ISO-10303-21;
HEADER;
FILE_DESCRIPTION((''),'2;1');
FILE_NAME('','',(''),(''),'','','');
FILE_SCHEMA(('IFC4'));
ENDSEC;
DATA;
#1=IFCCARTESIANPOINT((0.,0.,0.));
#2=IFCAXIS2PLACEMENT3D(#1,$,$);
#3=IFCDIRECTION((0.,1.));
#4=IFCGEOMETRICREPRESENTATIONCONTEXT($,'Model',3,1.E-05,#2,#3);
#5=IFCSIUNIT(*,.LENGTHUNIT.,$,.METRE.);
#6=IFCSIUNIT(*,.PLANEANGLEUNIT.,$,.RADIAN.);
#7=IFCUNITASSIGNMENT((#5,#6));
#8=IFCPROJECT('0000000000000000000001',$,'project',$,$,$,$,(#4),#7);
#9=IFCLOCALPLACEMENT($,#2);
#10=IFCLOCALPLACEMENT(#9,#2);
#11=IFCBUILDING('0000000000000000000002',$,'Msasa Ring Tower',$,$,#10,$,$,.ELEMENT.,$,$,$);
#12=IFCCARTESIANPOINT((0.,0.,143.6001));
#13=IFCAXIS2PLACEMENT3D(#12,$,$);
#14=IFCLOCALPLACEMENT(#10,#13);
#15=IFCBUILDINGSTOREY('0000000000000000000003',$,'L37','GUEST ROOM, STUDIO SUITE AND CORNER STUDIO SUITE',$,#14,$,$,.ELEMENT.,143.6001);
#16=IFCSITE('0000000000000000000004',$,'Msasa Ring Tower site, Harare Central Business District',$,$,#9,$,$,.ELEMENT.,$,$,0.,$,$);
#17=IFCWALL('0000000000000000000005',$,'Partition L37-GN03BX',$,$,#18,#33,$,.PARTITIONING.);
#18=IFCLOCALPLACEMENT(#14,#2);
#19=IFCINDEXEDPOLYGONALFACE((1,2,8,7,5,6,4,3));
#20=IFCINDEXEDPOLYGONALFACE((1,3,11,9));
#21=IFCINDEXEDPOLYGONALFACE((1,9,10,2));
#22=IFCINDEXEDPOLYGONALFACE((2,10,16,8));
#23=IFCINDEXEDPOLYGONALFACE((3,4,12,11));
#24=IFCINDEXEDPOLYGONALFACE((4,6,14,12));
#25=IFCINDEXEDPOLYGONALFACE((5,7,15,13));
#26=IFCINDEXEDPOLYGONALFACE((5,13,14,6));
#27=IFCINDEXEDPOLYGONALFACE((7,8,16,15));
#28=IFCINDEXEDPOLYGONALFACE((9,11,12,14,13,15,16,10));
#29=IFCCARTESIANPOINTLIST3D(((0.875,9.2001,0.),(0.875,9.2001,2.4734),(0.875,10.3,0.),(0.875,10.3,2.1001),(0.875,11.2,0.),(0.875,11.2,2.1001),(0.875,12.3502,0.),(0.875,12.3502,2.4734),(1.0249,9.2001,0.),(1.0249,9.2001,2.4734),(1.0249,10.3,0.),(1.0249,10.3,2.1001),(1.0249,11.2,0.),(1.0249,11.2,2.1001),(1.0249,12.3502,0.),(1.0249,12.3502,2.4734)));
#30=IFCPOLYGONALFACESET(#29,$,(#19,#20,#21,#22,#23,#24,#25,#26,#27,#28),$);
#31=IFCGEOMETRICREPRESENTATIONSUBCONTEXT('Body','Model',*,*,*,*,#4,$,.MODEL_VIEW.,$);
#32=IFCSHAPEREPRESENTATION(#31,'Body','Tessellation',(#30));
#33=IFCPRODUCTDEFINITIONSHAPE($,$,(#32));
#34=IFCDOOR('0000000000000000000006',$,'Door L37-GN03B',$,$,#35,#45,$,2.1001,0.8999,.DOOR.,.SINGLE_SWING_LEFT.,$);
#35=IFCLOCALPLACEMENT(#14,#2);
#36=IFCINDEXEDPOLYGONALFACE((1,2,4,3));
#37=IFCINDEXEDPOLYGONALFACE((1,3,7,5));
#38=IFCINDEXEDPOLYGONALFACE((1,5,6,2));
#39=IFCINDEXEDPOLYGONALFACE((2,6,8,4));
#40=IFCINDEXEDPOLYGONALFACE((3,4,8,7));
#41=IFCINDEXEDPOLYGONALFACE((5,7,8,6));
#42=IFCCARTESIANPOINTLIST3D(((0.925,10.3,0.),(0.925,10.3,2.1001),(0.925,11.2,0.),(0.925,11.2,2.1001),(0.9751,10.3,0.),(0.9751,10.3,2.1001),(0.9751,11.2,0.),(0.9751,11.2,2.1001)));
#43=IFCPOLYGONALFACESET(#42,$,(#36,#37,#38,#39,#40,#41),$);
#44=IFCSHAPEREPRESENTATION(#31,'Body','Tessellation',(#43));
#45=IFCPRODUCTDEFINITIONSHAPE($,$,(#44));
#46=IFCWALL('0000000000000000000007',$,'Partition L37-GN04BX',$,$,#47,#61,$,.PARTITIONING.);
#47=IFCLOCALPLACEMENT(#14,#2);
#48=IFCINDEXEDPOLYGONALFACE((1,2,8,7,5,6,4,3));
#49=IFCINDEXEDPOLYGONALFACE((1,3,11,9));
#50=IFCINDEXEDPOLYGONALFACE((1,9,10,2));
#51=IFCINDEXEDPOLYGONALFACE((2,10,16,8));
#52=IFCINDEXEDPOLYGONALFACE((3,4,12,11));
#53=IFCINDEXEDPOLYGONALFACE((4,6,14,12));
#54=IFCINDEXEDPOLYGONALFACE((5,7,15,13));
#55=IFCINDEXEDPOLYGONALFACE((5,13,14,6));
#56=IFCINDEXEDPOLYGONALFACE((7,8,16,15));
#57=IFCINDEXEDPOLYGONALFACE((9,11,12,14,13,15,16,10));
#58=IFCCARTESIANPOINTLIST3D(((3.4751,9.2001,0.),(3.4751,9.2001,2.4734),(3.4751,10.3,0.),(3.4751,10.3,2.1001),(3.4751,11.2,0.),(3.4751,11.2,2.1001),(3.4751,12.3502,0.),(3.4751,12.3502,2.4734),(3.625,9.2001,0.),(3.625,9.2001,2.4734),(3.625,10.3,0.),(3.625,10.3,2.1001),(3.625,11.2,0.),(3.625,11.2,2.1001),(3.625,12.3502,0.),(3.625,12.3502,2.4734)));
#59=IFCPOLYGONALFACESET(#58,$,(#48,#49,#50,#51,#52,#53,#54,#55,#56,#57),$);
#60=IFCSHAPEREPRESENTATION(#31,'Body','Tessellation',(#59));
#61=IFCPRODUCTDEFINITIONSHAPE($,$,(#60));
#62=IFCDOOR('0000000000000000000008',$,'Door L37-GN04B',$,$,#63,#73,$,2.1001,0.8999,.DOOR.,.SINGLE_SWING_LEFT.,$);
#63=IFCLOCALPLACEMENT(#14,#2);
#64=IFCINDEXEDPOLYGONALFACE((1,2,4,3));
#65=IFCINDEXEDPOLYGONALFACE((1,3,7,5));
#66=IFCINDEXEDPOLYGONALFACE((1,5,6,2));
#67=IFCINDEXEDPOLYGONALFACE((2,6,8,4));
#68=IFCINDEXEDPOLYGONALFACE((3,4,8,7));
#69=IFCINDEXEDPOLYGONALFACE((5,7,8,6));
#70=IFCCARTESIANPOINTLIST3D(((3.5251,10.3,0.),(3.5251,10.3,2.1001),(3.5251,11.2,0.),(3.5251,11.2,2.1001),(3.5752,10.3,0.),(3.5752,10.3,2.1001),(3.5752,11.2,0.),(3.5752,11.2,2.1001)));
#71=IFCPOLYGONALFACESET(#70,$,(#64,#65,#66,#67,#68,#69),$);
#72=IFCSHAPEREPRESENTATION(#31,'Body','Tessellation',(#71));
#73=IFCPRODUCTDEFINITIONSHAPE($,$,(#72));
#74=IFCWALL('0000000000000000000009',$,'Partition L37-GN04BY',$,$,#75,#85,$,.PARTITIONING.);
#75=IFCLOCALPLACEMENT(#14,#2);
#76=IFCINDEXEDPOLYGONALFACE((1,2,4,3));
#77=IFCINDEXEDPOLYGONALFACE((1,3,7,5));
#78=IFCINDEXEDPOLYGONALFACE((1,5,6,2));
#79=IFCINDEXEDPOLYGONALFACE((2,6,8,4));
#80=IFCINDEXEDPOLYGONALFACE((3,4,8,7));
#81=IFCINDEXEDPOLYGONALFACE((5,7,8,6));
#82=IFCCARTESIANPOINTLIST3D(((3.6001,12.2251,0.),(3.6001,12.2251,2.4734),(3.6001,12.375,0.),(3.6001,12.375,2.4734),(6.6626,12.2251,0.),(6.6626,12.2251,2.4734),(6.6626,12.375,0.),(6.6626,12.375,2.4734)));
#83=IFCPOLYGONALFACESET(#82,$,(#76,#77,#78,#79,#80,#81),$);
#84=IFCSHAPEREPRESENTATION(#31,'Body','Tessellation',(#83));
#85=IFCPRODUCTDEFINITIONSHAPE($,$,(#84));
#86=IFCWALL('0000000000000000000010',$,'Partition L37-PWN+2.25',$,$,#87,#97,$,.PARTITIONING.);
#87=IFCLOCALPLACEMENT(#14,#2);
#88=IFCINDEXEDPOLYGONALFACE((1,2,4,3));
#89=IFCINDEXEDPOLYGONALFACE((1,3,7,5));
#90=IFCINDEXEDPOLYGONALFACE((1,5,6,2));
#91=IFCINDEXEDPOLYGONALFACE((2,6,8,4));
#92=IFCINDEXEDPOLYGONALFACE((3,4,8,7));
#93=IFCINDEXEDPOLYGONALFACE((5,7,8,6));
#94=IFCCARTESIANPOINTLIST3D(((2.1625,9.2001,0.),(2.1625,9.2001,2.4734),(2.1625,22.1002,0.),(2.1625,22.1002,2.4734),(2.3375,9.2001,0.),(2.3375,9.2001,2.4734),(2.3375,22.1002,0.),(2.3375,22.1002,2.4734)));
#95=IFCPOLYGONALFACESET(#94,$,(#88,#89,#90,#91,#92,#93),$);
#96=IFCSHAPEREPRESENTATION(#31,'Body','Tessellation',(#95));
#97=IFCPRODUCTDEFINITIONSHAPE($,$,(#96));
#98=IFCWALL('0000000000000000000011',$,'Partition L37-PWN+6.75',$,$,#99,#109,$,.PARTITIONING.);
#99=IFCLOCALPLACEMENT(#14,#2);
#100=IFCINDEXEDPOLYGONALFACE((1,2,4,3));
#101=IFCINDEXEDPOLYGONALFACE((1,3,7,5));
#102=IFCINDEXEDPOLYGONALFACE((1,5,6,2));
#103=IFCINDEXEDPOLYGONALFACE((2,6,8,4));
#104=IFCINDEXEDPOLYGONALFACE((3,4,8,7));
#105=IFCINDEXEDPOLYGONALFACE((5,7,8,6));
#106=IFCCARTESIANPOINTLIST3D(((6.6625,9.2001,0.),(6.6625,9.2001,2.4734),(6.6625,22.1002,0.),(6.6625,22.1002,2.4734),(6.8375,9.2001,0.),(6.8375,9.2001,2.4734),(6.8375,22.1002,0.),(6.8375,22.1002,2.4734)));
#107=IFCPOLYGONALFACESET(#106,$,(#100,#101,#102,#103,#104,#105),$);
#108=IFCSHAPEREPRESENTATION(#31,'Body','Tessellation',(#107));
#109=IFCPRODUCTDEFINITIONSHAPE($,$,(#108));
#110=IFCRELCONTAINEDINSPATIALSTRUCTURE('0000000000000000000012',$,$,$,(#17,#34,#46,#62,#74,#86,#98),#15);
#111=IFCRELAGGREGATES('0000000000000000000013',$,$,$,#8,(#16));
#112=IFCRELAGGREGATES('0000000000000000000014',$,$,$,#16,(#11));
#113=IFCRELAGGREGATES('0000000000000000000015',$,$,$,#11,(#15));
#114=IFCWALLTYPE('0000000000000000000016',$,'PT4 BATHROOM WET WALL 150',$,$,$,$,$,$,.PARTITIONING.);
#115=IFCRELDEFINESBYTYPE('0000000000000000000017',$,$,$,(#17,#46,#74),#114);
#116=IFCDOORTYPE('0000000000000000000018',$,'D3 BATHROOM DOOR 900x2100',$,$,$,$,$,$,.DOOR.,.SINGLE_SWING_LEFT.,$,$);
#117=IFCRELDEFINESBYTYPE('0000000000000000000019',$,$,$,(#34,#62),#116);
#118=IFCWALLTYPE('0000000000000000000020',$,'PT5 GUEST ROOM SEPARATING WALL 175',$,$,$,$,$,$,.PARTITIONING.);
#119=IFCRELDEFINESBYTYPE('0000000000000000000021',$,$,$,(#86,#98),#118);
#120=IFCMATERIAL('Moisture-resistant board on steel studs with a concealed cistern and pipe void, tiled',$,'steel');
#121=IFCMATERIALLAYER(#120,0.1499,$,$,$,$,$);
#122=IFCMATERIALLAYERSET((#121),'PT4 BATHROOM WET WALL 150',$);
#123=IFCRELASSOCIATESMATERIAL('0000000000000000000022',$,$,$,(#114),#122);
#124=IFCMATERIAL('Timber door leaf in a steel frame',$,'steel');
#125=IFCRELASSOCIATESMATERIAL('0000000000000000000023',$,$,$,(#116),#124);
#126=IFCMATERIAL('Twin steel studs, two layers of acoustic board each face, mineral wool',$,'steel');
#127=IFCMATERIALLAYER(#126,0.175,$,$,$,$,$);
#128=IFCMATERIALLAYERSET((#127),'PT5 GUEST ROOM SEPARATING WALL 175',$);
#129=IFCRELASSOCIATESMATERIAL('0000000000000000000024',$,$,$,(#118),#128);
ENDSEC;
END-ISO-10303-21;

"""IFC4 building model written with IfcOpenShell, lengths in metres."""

from ifc_helpers import new_model, si_unit, direction, frame, frame_2d, origin, place, context, subcontext, project, spatial, rectangle, extrude, material, layer, layer_set, type_object, element, fill, save


model = new_model("IFC4")

# Units and contexts
model_context = context("Model", 3, precision=1e-05, world=origin(), true_north=direction((0.0, 1.0)))
body_context = subcontext(model_context, "Body", "Model", "MODEL_VIEW")
ifc_project = project(units=[si_unit("LENGTHUNIT", "METRE"), si_unit("PLANEANGLEUNIT", "RADIAN")], contexts=[model_context])

# Site, building, storey
site_placement = place(None, origin())
site = spatial("IfcSite", under=ifc_project, at=site_placement, Name="Msasa Ring Tower site, Harare Central Business District", CompositionType="ELEMENT", RefElevation=0.0)
building_placement = place(site_placement, origin())
building = spatial("IfcBuilding", under=site, at=building_placement, Name="Msasa Ring Tower", CompositionType="ELEMENT")
storey_placement = place(building_placement, frame((0.0, 0.0, 143.6001)))
storey = spatial("IfcBuildingStorey", under=building, at=storey_placement, Name="L37", Description="GUEST ROOM, STUDIO SUITE AND CORNER STUDIO SUITE", CompositionType="ELEMENT", Elevation=143.6001)

# Walls, openings, doors
ifc_material_1 = material(Name="Moisture-resistant board on steel studs with a concealed cistern and pipe void, tiled", Category="steel")
ifc_layer_1 = layer(ifc_material_1, 0.1499)
ifc_layer_set_1 = layer_set([ifc_layer_1], Name="PT4 BATHROOM WET WALL 150")
wall_type_1 = type_object("IfcWallType", Name="PT4 BATHROOM WET WALL 150", PredefinedType="PARTITIONING", material=ifc_layer_set_1)
wall_1_placement = place(storey_placement, frame((0.95, 9.2, 0.0), z_axis=(0.0, 0.0, 1.0), x_axis=(0.0, 1.0, 0.0)))
wall_1 = element("IfcWall", 1, at=wall_1_placement, inside=storey, type_object=wall_type_1, Name="Partition L37-GN03BX", PredefinedType="PARTITIONING", context=body_context, shape_type="SweptSolid", body=[
    extrude(rectangle(XDim=3.1501, YDim=0.1499, at=frame_2d((1.5752, 0.0))), origin(), (0.0, 0.0, 1.0), 2.4734),
])
opening_1_placement = place(wall_1_placement, frame((1.1001, 0.0, 0.0)))
opening_1 = element("IfcOpeningElement", 2, at=opening_1_placement, cuts=wall_1, PredefinedType="OPENING", context=body_context, shape_type="SweptSolid", body=[
    extrude(rectangle(XDim=0.8999, YDim=2.1001, at=frame_2d((0.45, 1.05))), frame((0.0, 0.085, 0.0), z_axis=(0.0, -1.0, 0.0), x_axis=(1.0, 0.0, 0.0)), (0.0, 0.0, 1.0), 0.1699),
])
ifc_material_2 = material(Name="Timber door leaf in a steel frame", Category="steel")
door_type_1 = type_object("IfcDoorType", Name="D3 BATHROOM DOOR 900x2100", OperationType="SINGLE_SWING_LEFT", PredefinedType="DOOR", material=ifc_material_2)
door_1_placement = place(opening_1_placement, origin())
door_1 = element("IfcDoor", 3, at=door_1_placement, inside=storey, type_object=door_type_1, Name="Door L37-GN03B", OperationType="SINGLE_SWING_LEFT", OverallHeight=2.1001, OverallWidth=0.8999, PredefinedType="DOOR", context=body_context, shape_type="SweptSolid", body=[
    extrude(rectangle(XDim=0.8999, YDim=2.1001, at=frame_2d((0.45, 1.05))), frame((0.0, 0.0249, 0.0), z_axis=(0.0, -1.0, 0.0), x_axis=(1.0, 0.0, 0.0)), (0.0, 0.0, 1.0), 0.05),
])
fill(opening_1, door_1)
wall_2_placement = place(storey_placement, frame((3.55, 9.2, 0.0), z_axis=(0.0, 0.0, 1.0), x_axis=(0.0, 1.0, 0.0)))
wall_2 = element("IfcWall", 4, at=wall_2_placement, inside=storey, type_object=wall_type_1, Name="Partition L37-GN04BX", PredefinedType="PARTITIONING", context=body_context, shape_type="SweptSolid", body=[
    extrude(rectangle(XDim=3.1501, YDim=0.1499, at=frame_2d((1.5752, 0.0))), origin(), (0.0, 0.0, 1.0), 2.4734),
])
opening_2_placement = place(wall_2_placement, frame((1.1001, 0.0, 0.0)))
opening_2 = element("IfcOpeningElement", 5, at=opening_2_placement, cuts=wall_2, PredefinedType="OPENING", context=body_context, shape_type="SweptSolid", body=[
    extrude(rectangle(XDim=0.8999, YDim=2.1001, at=frame_2d((0.45, 1.05))), frame((0.0, 0.085, 0.0), z_axis=(0.0, -1.0, 0.0), x_axis=(1.0, 0.0, 0.0)), (0.0, 0.0, 1.0), 0.1699),
])
door_2_placement = place(opening_2_placement, origin())
door_2 = element("IfcDoor", 6, at=door_2_placement, inside=storey, type_object=door_type_1, Name="Door L37-GN04B", OperationType="SINGLE_SWING_LEFT", OverallHeight=2.1001, OverallWidth=0.8999, PredefinedType="DOOR", context=body_context, shape_type="SweptSolid", body=[
    extrude(rectangle(XDim=0.8999, YDim=2.1001, at=frame_2d((0.45, 1.05))), frame((0.0, 0.0249, 0.0), z_axis=(0.0, -1.0, 0.0), x_axis=(1.0, 0.0, 0.0)), (0.0, 0.0, 1.0), 0.05),
])
fill(opening_2, door_2)

# Walls
wall_3_placement = place(storey_placement, frame((3.6001, 12.3, 0.0), z_axis=(0.0, 0.0, 1.0), x_axis=(1.0, 0.0, 0.0)))
element("IfcWall", 7, at=wall_3_placement, inside=storey, type_object=wall_type_1, Name="Partition L37-GN04BY", PredefinedType="PARTITIONING", context=body_context, shape_type="SweptSolid", body=[
    extrude(rectangle(XDim=3.0625, YDim=0.1499, at=frame_2d((1.5312, 0.0))), origin(), (0.0, 0.0, 1.0), 2.4734),
])
ifc_material_3 = material(Name="Twin steel studs, two layers of acoustic board each face, mineral wool", Category="steel")
ifc_layer_2 = layer(ifc_material_3, 0.175)
ifc_layer_set_2 = layer_set([ifc_layer_2], Name="PT5 GUEST ROOM SEPARATING WALL 175")
wall_type_2 = type_object("IfcWallType", Name="PT5 GUEST ROOM SEPARATING WALL 175", PredefinedType="PARTITIONING", material=ifc_layer_set_2)
for number, where, z_axis, x_axis, name in (
    (8, (2.25, 9.2, 0.0), (0.0, 0.0, 1.0), (0.0, 1.0, 0.0), "Partition L37-PWN+2.25"),
    (9, (6.75, 9.2, 0.0), (0.0, 0.0, 1.0), (0.0, 1.0, 0.0), "Partition L37-PWN+6.75"),
):
    element("IfcWall", number, at=place(storey_placement, frame(where, z_axis=z_axis, x_axis=x_axis)), inside=storey, type_object=wall_type_2, Name=name, PredefinedType="PARTITIONING", context=body_context, shape_type="SweptSolid", body=[
        extrude(rectangle(XDim=12.9001, YDim=0.175, at=frame_2d((6.4502, 0.0))), origin(), (0.0, 0.0, 1.0), 2.4734),
    ])

save(model, "model.ifc")
